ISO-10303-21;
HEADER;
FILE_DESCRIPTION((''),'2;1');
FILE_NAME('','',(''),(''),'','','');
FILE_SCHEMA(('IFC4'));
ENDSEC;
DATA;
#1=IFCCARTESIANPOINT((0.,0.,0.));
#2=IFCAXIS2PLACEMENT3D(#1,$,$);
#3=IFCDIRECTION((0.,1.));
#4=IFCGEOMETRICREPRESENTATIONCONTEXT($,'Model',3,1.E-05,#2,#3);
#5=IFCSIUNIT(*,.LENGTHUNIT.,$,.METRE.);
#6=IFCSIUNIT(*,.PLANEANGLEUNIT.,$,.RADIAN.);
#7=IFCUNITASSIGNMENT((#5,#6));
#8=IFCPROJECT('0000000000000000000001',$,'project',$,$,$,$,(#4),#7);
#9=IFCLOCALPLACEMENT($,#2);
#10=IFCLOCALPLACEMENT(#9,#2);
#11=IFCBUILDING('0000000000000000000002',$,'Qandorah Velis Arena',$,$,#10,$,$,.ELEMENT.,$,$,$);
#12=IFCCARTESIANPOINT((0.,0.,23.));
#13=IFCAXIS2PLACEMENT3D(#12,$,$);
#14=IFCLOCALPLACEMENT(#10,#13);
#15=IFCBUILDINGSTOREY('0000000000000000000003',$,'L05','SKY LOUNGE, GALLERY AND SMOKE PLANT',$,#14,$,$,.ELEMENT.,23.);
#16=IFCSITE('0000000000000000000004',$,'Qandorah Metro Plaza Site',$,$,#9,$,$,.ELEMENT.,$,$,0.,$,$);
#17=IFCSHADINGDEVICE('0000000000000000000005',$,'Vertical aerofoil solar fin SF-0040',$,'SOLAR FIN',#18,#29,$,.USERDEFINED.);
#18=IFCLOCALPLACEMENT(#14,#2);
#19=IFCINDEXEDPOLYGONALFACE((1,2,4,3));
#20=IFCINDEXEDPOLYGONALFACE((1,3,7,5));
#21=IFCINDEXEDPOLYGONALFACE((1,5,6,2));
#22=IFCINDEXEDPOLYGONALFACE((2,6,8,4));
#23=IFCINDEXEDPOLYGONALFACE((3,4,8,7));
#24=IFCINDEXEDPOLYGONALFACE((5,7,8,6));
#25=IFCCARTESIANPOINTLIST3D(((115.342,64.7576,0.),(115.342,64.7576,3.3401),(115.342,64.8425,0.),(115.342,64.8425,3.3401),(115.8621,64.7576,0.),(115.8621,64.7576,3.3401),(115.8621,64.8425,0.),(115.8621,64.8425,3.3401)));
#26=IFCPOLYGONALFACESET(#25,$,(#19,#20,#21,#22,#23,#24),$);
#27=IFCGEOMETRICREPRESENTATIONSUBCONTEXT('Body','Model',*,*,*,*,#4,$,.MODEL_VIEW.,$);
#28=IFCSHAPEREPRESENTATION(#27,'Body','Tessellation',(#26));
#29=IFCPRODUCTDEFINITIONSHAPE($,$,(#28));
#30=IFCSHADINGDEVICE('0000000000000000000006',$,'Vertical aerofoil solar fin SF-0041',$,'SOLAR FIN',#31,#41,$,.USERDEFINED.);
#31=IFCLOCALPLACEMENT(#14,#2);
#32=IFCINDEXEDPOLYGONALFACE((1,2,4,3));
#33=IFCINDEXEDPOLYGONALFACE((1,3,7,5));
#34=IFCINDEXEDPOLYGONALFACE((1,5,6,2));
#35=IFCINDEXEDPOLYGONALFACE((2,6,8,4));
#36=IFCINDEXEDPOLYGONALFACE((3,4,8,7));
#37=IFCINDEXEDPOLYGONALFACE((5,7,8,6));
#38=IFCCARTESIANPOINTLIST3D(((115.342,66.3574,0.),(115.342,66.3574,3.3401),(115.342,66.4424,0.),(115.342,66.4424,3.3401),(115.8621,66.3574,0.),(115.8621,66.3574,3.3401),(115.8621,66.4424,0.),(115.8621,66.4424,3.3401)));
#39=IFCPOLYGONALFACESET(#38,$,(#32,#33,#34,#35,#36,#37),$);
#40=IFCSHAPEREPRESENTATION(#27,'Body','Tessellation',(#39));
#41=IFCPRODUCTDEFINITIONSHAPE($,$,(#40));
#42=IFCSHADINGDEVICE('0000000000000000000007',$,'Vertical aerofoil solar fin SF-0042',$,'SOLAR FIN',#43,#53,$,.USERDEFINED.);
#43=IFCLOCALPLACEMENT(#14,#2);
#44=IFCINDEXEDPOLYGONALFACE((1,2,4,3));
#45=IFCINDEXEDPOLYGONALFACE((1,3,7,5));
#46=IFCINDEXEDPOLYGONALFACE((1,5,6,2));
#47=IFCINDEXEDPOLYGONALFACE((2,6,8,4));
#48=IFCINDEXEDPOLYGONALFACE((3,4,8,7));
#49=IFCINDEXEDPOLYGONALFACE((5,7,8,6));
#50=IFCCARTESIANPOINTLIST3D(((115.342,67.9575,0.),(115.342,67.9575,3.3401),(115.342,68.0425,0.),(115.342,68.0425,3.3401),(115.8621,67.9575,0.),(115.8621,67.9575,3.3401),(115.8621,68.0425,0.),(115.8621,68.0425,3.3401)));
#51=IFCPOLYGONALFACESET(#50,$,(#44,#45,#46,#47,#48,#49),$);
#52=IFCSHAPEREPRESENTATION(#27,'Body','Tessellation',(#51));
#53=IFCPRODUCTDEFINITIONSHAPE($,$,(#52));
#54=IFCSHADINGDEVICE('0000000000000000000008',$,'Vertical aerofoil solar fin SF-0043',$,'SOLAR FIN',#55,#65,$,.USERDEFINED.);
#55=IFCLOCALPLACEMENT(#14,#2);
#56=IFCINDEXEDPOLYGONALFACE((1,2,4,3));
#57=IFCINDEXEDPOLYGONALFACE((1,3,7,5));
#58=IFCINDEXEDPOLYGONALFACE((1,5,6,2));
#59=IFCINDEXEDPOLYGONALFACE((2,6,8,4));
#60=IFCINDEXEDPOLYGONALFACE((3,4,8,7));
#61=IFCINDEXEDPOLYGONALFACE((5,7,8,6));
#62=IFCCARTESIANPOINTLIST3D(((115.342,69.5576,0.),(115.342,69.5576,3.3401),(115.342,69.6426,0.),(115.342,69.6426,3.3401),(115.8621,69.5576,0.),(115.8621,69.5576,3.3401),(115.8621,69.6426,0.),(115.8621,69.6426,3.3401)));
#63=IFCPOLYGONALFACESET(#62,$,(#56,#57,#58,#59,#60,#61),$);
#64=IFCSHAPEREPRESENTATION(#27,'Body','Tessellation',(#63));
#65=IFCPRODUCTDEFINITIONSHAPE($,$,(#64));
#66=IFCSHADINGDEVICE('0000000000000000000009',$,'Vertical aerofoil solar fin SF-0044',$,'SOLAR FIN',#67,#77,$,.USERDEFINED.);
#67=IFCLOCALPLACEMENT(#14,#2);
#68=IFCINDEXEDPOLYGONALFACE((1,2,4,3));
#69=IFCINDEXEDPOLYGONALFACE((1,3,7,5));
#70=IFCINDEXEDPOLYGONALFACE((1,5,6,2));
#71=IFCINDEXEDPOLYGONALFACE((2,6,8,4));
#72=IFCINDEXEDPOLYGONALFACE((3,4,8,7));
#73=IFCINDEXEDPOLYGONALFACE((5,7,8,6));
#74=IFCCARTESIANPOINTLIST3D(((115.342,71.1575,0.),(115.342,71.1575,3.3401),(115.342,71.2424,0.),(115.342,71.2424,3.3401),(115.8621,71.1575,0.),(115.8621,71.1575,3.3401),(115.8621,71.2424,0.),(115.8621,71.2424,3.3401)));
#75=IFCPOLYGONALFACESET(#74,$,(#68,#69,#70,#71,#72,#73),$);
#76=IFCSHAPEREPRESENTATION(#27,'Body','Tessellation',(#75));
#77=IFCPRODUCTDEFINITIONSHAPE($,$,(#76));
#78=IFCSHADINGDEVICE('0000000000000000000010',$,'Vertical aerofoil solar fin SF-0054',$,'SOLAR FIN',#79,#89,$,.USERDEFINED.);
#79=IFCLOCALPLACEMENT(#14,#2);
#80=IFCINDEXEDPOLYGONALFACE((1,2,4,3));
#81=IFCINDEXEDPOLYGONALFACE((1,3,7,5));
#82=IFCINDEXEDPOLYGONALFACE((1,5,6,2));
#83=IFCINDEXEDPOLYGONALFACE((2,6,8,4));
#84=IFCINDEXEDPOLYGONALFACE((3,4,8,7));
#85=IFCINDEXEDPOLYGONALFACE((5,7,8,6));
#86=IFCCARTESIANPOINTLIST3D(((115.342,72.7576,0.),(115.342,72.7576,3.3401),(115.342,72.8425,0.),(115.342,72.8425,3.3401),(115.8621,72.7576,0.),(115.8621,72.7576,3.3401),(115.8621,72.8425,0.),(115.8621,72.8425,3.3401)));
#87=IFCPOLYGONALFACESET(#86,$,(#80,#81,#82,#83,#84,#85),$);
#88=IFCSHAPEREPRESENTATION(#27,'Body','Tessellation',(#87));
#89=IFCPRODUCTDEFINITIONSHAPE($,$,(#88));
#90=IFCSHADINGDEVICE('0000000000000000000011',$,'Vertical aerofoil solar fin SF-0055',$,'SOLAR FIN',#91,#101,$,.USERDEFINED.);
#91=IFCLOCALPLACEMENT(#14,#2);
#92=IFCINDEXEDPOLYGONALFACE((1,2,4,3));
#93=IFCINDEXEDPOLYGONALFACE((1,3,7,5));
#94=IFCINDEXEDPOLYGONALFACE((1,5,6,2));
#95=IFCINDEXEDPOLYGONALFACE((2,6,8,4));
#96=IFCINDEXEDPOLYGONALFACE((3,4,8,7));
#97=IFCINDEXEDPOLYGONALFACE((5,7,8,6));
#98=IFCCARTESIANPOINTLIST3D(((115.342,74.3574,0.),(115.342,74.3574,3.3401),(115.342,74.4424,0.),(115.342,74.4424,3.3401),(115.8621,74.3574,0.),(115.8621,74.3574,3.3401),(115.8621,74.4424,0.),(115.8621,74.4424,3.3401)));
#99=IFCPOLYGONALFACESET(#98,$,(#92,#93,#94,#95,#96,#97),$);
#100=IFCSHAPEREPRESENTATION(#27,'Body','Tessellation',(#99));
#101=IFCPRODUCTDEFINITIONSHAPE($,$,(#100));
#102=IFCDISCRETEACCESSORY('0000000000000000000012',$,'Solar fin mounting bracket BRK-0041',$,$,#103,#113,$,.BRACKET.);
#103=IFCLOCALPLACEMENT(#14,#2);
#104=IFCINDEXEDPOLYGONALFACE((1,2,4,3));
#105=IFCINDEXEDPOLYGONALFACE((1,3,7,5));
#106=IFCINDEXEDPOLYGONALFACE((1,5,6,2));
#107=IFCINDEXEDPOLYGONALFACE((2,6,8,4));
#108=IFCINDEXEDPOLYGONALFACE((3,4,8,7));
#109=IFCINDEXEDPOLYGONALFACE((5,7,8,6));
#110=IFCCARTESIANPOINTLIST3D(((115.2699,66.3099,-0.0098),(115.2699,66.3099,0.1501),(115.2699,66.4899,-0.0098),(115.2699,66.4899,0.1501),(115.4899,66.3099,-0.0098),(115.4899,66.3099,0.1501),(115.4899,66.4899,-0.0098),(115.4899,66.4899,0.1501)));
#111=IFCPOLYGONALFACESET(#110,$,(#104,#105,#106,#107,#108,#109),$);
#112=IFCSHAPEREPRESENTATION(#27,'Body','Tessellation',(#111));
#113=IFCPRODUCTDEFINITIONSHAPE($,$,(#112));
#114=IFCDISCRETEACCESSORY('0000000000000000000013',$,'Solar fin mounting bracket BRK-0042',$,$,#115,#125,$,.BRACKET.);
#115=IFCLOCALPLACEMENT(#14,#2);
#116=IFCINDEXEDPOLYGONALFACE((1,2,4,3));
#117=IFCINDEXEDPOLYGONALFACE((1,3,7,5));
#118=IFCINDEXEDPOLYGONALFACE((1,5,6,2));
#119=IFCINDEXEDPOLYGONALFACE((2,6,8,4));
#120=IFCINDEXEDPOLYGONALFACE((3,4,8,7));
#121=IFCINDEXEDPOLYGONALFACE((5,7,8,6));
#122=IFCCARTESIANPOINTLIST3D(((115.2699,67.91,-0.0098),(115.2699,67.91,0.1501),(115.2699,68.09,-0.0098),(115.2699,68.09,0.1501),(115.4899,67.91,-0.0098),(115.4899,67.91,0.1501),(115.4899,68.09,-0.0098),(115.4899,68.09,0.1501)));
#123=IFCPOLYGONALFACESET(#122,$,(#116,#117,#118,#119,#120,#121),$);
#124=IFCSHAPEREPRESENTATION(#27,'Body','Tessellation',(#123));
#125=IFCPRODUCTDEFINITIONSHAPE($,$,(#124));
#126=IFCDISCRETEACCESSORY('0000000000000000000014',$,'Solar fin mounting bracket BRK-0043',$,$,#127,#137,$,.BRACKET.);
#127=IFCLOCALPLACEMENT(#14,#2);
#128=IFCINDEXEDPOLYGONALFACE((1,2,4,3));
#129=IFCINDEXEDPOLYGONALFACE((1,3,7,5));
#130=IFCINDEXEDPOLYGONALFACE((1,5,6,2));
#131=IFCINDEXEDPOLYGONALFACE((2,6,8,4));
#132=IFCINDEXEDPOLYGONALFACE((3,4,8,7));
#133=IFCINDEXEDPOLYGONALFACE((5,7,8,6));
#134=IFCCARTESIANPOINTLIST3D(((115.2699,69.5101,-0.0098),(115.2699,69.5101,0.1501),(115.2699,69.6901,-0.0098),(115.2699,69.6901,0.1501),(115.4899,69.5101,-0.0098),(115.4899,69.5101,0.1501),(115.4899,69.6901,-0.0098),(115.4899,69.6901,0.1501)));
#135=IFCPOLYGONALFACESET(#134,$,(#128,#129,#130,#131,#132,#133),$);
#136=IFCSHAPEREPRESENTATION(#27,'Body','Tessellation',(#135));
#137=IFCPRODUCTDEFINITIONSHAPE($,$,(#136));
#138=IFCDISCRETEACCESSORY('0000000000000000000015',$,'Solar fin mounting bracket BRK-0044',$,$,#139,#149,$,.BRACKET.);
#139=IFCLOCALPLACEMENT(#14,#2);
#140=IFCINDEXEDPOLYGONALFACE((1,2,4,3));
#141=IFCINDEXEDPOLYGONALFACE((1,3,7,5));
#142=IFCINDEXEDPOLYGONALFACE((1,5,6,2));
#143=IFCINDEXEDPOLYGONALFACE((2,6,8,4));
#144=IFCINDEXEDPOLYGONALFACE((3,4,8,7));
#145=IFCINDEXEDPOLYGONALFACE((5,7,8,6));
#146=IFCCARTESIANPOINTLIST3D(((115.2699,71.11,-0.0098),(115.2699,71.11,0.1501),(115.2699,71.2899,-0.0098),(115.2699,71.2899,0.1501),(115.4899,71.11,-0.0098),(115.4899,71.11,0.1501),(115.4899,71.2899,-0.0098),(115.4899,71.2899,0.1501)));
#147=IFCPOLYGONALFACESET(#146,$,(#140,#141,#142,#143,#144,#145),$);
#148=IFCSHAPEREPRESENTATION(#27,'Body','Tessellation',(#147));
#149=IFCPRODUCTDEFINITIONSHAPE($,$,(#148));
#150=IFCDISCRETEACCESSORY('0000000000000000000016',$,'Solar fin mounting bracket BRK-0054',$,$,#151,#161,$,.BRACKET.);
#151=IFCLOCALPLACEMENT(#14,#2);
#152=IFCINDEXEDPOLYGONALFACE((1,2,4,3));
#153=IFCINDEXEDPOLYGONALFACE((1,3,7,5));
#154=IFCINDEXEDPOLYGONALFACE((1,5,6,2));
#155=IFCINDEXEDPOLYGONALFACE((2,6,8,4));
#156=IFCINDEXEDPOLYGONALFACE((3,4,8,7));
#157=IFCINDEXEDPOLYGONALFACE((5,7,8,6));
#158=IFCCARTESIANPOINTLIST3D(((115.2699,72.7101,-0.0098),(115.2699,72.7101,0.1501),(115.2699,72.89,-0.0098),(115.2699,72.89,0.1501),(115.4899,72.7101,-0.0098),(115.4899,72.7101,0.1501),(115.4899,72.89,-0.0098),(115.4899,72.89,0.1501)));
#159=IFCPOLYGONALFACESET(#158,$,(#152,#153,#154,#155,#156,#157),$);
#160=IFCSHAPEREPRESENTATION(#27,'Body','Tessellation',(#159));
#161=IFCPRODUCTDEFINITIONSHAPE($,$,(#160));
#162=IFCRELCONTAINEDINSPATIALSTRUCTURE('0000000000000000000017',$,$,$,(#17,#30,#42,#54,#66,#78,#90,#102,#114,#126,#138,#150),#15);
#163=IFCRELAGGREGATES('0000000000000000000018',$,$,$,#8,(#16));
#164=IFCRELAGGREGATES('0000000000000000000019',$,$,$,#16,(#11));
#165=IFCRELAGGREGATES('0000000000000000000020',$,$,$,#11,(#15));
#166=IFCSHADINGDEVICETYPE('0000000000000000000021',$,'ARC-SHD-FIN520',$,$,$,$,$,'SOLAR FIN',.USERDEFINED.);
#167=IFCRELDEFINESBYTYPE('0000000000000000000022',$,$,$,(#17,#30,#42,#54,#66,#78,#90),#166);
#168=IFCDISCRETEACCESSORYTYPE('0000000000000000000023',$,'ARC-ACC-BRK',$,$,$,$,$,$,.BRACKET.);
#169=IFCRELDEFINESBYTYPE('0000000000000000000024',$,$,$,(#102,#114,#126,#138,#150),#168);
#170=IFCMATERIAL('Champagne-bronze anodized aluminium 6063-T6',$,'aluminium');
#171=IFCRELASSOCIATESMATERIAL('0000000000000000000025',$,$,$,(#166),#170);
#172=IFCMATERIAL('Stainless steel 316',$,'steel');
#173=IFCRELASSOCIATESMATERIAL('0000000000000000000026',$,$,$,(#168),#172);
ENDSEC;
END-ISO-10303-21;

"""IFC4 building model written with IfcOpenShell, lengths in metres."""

from ifc_helpers import new_model, si_unit, direction, frame, origin, origin_2d, place, context, subcontext, project, spatial, rectangle, extrude, material, type_object, element, save


model = new_model("IFC4")

# Units and contexts
model_context = context("Model", 3, precision=1e-05, world=origin(), true_north=direction((0.0, 1.0)))
body_context = subcontext(model_context, "Body", "Model", "MODEL_VIEW")
ifc_project = project(units=[si_unit("LENGTHUNIT", "METRE"), si_unit("PLANEANGLEUNIT", "RADIAN")], contexts=[model_context])

# Site, building, storey
site_placement = place(None, origin())
site = spatial("IfcSite", under=ifc_project, at=site_placement, Name="Qandorah Metro Plaza Site", CompositionType="ELEMENT", RefElevation=0.0)
building_placement = place(site_placement, origin())
building = spatial("IfcBuilding", under=site, at=building_placement, Name="Qandorah Velis Arena", CompositionType="ELEMENT")
storey_placement = place(building_placement, frame((0.0, 0.0, 23.0)))
storey = spatial("IfcBuildingStorey", under=building, at=storey_placement, Name="L05", Description="SKY LOUNGE, GALLERY AND SMOKE PLANT", CompositionType="ELEMENT", Elevation=23.0)

# Shared definitions
ifc_material_1 = material(Name="Champagne-bronze anodized aluminium 6063-T6", Category="aluminium")

# Shading devices
shading_device_type = type_object("IfcShadingDeviceType", Name="ARC-SHD-FIN520", ElementType="SOLAR FIN", PredefinedType="USERDEFINED", material=ifc_material_1)
for number, where, z_axis, x_axis, name in (
    (1, (115.6021, 64.8, 0.0), (0.0, 0.0, 1.0), (1.0, 0.0, 0.0), "Vertical aerofoil solar fin SF-0040"),
    (2, (115.6021, 66.3999, 0.0), (0.0, 0.0, 1.0), (1.0, 0.0, 0.0), "Vertical aerofoil solar fin SF-0041"),
    (3, (115.6021, 68.0, 0.0), (0.0, 0.0, 1.0), (1.0, 0.0, 0.0), "Vertical aerofoil solar fin SF-0042"),
    (4, (115.6021, 69.6001, 0.0), (0.0, 0.0, 1.0), (1.0, 0.0, 0.0), "Vertical aerofoil solar fin SF-0043"),
    (5, (115.6021, 71.2, 0.0), (0.0, 0.0, 1.0), (1.0, 0.0, 0.0), "Vertical aerofoil solar fin SF-0044"),
    (6, (115.6021, 72.8, 0.0), (0.0, 0.0, 1.0), (1.0, 0.0, 0.0), "Vertical aerofoil solar fin SF-0054"),
    (7, (115.6021, 74.3999, 0.0), (0.0, 0.0, 1.0), (1.0, 0.0, 0.0), "Vertical aerofoil solar fin SF-0055"),
):
    element("IfcShadingDevice", number, at=place(storey_placement, frame(where, z_axis=z_axis, x_axis=x_axis)), inside=storey, type_object=shading_device_type, Name=name, ObjectType="SOLAR FIN", PredefinedType="USERDEFINED", context=body_context, shape_type="SweptSolid", body=[
        extrude(rectangle(XDim=0.52, YDim=0.085, at=origin_2d()), origin(), (0.0, 0.0, 1.0), 3.3401),
    ])

# Discrete accessories
ifc_material_2 = material(Name="Stainless steel 316", Category="steel")
discrete_accessory_type = type_object("IfcDiscreteAccessoryType", Name="ARC-ACC-BRK", PredefinedType="BRACKET", material=ifc_material_2)
for number, where, z_axis, x_axis, name in (
    (8, (115.3799, 66.3999, -0.0098), (0.0, 0.0, 1.0), (1.0, 0.0, 0.0), "Solar fin mounting bracket BRK-0041"),
    (9, (115.3799, 68.0, -0.0098), (0.0, 0.0, 1.0), (1.0, 0.0, 0.0), "Solar fin mounting bracket BRK-0042"),
    (10, (115.3799, 69.6001, -0.0098), (0.0, 0.0, 1.0), (1.0, 0.0, 0.0), "Solar fin mounting bracket BRK-0043"),
    (11, (115.3799, 71.2, -0.0098), (0.0, 0.0, 1.0), (1.0, 0.0, 0.0), "Solar fin mounting bracket BRK-0044"),
    (12, (115.3799, 72.8, -0.0098), (0.0, 0.0, 1.0), (1.0, 0.0, 0.0), "Solar fin mounting bracket BRK-0054"),
):
    element("IfcDiscreteAccessory", number, at=place(storey_placement, frame(where, z_axis=z_axis, x_axis=x_axis)), inside=storey, type_object=discrete_accessory_type, Name=name, PredefinedType="BRACKET", context=body_context, shape_type="SweptSolid", body=[
        extrude(rectangle(XDim=0.22, YDim=0.1799, at=origin_2d()), origin(), (0.0, 0.0, 1.0), 0.1599),
    ])

save(model, "model.ifc")
